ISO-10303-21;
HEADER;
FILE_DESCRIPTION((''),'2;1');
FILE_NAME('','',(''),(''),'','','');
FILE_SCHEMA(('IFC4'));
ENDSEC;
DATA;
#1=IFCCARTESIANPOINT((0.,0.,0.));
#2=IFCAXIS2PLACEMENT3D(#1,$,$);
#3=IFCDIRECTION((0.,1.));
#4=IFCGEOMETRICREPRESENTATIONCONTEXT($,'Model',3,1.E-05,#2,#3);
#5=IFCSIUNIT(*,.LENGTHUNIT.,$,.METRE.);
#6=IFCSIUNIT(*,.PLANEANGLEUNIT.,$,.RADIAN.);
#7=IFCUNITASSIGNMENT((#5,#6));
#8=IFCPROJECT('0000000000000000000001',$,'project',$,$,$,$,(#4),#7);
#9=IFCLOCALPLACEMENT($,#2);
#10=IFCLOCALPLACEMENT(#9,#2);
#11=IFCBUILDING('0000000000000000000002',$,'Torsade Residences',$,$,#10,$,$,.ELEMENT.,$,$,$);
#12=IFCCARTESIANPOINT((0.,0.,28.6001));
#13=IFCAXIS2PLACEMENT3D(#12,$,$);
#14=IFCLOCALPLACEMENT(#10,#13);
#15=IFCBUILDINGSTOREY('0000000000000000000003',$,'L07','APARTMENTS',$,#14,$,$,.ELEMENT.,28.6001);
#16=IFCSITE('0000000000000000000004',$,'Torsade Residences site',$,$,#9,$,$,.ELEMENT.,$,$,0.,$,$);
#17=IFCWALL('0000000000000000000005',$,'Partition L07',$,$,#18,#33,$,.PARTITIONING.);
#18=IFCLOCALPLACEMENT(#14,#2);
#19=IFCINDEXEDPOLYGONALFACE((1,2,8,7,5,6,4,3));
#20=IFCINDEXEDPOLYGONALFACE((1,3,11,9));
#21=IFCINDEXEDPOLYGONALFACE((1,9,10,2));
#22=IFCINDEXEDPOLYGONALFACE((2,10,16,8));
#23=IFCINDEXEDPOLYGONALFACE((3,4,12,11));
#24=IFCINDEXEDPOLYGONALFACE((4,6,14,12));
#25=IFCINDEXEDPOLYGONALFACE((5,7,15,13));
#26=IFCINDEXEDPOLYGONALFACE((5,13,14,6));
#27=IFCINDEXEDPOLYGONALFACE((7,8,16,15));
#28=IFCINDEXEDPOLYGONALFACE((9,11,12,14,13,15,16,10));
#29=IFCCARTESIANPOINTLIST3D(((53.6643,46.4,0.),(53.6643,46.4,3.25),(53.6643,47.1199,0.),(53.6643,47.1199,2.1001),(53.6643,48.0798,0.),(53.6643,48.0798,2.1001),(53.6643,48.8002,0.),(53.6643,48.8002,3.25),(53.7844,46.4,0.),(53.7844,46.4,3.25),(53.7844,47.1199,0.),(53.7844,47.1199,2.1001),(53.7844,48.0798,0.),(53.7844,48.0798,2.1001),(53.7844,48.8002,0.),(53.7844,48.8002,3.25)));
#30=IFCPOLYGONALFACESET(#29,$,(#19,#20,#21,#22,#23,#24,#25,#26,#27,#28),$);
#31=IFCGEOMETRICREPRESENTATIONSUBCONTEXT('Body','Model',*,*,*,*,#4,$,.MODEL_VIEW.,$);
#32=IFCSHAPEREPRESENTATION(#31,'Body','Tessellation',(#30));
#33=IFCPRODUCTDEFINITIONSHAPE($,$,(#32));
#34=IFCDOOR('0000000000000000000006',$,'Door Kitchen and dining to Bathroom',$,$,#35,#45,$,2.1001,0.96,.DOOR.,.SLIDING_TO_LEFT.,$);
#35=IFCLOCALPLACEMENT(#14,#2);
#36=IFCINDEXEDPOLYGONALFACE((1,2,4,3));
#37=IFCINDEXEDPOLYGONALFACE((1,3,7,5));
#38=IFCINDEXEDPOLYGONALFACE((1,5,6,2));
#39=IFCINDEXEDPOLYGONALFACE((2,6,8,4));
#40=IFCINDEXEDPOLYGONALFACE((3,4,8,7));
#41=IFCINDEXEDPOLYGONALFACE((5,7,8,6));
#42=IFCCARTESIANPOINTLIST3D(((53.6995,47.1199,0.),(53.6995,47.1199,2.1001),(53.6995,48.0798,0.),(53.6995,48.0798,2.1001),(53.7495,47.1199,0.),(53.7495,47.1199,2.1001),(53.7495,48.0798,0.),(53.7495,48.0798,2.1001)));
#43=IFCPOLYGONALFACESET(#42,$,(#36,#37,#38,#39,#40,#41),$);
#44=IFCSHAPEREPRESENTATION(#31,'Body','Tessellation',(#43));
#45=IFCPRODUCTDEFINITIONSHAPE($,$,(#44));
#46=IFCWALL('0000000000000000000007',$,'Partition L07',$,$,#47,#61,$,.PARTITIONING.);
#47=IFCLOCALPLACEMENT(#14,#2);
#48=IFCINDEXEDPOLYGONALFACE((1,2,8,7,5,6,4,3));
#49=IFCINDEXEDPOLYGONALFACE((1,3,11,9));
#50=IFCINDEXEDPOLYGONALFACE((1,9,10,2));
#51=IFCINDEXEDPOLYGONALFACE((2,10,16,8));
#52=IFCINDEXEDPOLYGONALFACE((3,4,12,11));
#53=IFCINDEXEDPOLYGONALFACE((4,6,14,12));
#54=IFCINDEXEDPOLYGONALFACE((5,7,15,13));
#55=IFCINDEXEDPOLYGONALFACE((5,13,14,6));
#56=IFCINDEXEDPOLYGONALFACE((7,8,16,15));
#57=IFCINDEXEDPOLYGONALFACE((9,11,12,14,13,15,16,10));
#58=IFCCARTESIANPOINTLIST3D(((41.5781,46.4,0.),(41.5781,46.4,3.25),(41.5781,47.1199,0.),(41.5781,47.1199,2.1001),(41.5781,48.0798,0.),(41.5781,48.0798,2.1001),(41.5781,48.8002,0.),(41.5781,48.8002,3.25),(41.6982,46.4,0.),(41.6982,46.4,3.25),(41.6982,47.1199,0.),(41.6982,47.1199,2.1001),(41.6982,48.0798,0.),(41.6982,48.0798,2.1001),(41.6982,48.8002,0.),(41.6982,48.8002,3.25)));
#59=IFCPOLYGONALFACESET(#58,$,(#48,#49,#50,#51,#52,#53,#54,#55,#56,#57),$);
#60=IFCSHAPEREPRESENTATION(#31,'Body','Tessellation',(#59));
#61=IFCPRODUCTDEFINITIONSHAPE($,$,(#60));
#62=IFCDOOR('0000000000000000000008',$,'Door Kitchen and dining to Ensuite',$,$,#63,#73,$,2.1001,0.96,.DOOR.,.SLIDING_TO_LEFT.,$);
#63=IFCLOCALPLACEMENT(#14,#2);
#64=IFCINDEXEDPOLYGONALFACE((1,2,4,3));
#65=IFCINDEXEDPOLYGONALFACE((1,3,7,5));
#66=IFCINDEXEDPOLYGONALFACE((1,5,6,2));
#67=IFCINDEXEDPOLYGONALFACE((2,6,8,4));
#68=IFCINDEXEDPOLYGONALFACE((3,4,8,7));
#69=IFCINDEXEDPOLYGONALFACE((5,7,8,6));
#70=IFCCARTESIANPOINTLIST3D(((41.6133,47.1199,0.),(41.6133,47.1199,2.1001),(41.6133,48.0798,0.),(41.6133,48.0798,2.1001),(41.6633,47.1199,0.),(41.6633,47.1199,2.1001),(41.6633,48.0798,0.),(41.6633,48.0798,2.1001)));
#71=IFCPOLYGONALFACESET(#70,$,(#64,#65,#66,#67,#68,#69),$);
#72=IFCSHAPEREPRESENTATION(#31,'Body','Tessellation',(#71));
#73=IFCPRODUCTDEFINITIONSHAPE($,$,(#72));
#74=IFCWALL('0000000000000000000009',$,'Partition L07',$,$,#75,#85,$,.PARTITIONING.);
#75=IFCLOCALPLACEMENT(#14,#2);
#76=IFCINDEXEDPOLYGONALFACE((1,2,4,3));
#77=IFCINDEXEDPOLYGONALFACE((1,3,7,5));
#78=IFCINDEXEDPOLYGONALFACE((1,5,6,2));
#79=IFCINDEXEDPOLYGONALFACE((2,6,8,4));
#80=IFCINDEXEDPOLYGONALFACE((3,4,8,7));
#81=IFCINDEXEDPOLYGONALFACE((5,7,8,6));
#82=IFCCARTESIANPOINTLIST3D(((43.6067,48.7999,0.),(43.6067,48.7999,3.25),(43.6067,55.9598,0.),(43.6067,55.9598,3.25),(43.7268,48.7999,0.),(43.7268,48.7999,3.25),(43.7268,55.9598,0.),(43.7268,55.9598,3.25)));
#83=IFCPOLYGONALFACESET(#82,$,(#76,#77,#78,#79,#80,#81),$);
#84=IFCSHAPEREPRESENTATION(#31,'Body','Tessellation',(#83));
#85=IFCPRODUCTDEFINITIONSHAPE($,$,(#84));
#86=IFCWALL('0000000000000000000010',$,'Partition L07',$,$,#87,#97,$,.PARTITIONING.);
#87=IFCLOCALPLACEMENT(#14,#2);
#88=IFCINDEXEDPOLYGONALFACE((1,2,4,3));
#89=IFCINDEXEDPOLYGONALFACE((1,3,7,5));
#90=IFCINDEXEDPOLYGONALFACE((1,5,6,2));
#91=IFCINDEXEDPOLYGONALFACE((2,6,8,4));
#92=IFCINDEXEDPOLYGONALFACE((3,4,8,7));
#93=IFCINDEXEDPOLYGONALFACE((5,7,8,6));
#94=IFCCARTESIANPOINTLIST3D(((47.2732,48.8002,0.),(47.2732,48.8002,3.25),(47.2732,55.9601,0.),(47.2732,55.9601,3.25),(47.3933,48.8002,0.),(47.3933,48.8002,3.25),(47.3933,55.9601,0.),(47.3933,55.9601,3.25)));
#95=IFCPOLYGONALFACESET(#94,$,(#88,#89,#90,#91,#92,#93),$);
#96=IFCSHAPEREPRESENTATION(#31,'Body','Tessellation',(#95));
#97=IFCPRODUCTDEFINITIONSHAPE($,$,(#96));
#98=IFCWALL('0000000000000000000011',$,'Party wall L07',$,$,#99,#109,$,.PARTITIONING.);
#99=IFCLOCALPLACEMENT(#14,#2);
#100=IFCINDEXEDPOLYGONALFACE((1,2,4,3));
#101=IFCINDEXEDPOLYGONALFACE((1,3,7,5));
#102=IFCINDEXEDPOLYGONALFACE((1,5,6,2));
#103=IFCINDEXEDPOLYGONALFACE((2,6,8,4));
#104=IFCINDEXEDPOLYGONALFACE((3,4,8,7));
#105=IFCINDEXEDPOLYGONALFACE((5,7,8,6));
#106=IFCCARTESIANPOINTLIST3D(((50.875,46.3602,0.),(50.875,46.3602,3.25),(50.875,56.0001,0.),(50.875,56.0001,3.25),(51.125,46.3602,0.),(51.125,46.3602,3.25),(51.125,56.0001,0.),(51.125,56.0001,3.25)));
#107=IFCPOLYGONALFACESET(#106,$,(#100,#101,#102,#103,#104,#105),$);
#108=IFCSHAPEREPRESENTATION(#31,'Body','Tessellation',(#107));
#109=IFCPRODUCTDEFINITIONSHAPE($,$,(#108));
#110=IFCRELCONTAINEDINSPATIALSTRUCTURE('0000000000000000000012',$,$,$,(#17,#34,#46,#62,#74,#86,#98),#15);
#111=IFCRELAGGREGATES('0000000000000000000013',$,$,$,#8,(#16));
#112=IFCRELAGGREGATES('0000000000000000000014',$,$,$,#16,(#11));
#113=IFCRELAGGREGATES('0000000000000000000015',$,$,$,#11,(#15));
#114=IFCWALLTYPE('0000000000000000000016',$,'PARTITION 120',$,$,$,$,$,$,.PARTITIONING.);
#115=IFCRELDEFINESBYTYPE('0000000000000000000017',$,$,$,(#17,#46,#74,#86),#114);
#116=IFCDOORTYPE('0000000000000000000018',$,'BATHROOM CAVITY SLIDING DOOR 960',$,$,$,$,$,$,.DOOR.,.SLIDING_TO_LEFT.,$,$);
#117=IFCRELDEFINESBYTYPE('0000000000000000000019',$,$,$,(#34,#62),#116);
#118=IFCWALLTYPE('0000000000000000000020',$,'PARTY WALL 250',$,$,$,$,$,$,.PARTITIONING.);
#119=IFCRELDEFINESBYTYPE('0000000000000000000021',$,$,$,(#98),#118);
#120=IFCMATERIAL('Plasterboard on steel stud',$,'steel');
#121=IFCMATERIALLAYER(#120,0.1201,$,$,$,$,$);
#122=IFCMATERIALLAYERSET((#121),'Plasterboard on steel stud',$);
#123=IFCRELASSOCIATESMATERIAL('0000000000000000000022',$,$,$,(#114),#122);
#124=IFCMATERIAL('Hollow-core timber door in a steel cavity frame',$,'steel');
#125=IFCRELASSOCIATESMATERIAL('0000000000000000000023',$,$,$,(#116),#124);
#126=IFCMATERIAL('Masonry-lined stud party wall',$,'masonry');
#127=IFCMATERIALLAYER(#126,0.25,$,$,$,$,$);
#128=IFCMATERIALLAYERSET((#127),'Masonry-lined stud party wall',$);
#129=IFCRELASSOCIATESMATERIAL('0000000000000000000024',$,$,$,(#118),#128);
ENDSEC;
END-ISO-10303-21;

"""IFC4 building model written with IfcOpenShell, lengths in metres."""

from ifc_helpers import new_model, si_unit, direction, frame, frame_2d, origin, place, context, subcontext, project, spatial, rectangle, extrude, material, layer, layer_set, type_object, element, fill, save


model = new_model("IFC4")

# Units and contexts
model_context = context("Model", 3, precision=1e-05, world=origin(), true_north=direction((0.0, 1.0)))
body_context = subcontext(model_context, "Body", "Model", "MODEL_VIEW")
ifc_project = project(units=[si_unit("LENGTHUNIT", "METRE"), si_unit("PLANEANGLEUNIT", "RADIAN")], contexts=[model_context])

# Site, building, storey
site_placement = place(None, origin())
site = spatial("IfcSite", under=ifc_project, at=site_placement, Name="Torsade Residences site", CompositionType="ELEMENT", RefElevation=0.0)
building_placement = place(site_placement, origin())
building = spatial("IfcBuilding", under=site, at=building_placement, Name="Torsade Residences", CompositionType="ELEMENT")
storey_placement = place(building_placement, frame((0.0, 0.0, 28.6001)))
storey = spatial("IfcBuildingStorey", under=building, at=storey_placement, Name="L07", Description="APARTMENTS", CompositionType="ELEMENT", Elevation=28.6001)

# Walls, openings, doors
ifc_material_1 = material(Name="Plasterboard on steel stud", Category="steel")
ifc_layer_1 = layer(ifc_material_1, 0.1201)
ifc_layer_set_1 = layer_set([ifc_layer_1], Name="Plasterboard on steel stud")
wall_type_1 = type_object("IfcWallType", Name="PARTITION 120", PredefinedType="PARTITIONING", material=ifc_layer_set_1)
wall_1_placement = place(storey_placement, frame((53.7244, 46.3999, 0.0), z_axis=(0.0, 0.0, 1.0), x_axis=(0.0, 1.0, 0.0)))
wall_1 = element("IfcWall", 1, at=wall_1_placement, inside=storey, type_object=wall_type_1, Name="Partition L07", PredefinedType="PARTITIONING", context=body_context, shape_type="SweptSolid", body=[
    extrude(rectangle(XDim=2.4001, YDim=0.1201, at=frame_2d((1.2002, 0.0))), origin(), (0.0, 0.0, 1.0), 3.25),
])
opening_1_placement = place(wall_1_placement, frame((0.72, 0.0, 0.0)))
opening_1 = element("IfcOpeningElement", 2, at=opening_1_placement, cuts=wall_1, PredefinedType="OPENING", context=body_context, shape_type="SweptSolid", body=[
    extrude(rectangle(XDim=0.96, YDim=2.1001, at=frame_2d((0.48, 1.05))), frame((0.0, 0.0701, 0.0), z_axis=(0.0, -1.0, 0.0), x_axis=(1.0, 0.0, 0.0)), (0.0, 0.0, 1.0), 0.1401),
])
ifc_material_2 = material(Name="Hollow-core timber door in a steel cavity frame", Category="steel")
door_type_1 = type_object("IfcDoorType", Name="BATHROOM CAVITY SLIDING DOOR 960", OperationType="SLIDING_TO_LEFT", PredefinedType="DOOR", material=ifc_material_2)
door_1_placement = place(opening_1_placement, origin())
door_1 = element("IfcDoor", 3, at=door_1_placement, inside=storey, type_object=door_type_1, Name="Door Kitchen and dining to Bathroom", OperationType="SLIDING_TO_LEFT", OverallHeight=2.1001, OverallWidth=0.96, PredefinedType="DOOR", context=body_context, shape_type="SweptSolid", body=[
    extrude(rectangle(XDim=0.96, YDim=2.1001, at=frame_2d((0.48, 1.05))), frame((0.0, 0.0249, 0.0), z_axis=(0.0, -1.0, 0.0), x_axis=(1.0, 0.0, 0.0)), (0.0, 0.0, 1.0), 0.05),
])
fill(opening_1, door_1)
wall_2_placement = place(storey_placement, frame((41.6382, 46.3999, 0.0), z_axis=(0.0, 0.0, 1.0), x_axis=(0.0, 1.0, 0.0)))
wall_2 = element("IfcWall", 4, at=wall_2_placement, inside=storey, type_object=wall_type_1, Name="Partition L07", PredefinedType="PARTITIONING", context=body_context, shape_type="SweptSolid", body=[
    extrude(rectangle(XDim=2.4001, YDim=0.1201, at=frame_2d((1.2002, 0.0))), origin(), (0.0, 0.0, 1.0), 3.25),
])
opening_2_placement = place(wall_2_placement, frame((0.72, 0.0, 0.0)))
opening_2 = element("IfcOpeningElement", 5, at=opening_2_placement, cuts=wall_2, PredefinedType="OPENING", context=body_context, shape_type="SweptSolid", body=[
    extrude(rectangle(XDim=0.96, YDim=2.1001, at=frame_2d((0.48, 1.05))), frame((0.0, 0.0701, 0.0), z_axis=(0.0, -1.0, 0.0), x_axis=(1.0, 0.0, 0.0)), (0.0, 0.0, 1.0), 0.1401),
])
door_2_placement = place(opening_2_placement, origin())
door_2 = element("IfcDoor", 6, at=door_2_placement, inside=storey, type_object=door_type_1, Name="Door Kitchen and dining to Ensuite", OperationType="SLIDING_TO_LEFT", OverallHeight=2.1001, OverallWidth=0.96, PredefinedType="DOOR", context=body_context, shape_type="SweptSolid", body=[
    extrude(rectangle(XDim=0.96, YDim=2.1001, at=frame_2d((0.48, 1.05))), frame((0.0, 0.0249, 0.0), z_axis=(0.0, -1.0, 0.0), x_axis=(1.0, 0.0, 0.0)), (0.0, 0.0, 1.0), 0.05),
])
fill(opening_2, door_2)

# Walls
for number, where, z_axis, x_axis, name in (
    (7, (43.6667, 55.96, 0.0), (0.0, 0.0, 1.0), (0.0, -1.0, 0.0), "Partition L07"),
    (8, (47.3333, 48.8, 0.0), (0.0, 0.0, 1.0), (0.0, 1.0, 0.0), "Partition L07"),
):
    element("IfcWall", number, at=place(storey_placement, frame(where, z_axis=z_axis, x_axis=x_axis)), inside=storey, type_object=wall_type_1, Name=name, PredefinedType="PARTITIONING", context=body_context, shape_type="SweptSolid", body=[
        extrude(rectangle(XDim=7.1599, YDim=0.1201, at=frame_2d((3.5801, 0.0))), origin(), (0.0, 0.0, 1.0), 3.25),
    ])
ifc_material_3 = material(Name="Masonry-lined stud party wall", Category="masonry")
ifc_layer_2 = layer(ifc_material_3, 0.25)
ifc_layer_set_2 = layer_set([ifc_layer_2], Name="Masonry-lined stud party wall")
wall_type_2 = type_object("IfcWallType", Name="PARTY WALL 250", PredefinedType="PARTITIONING", material=ifc_layer_set_2)
wall_3_placement = place(storey_placement, frame((51.0, 56.0, 0.0), z_axis=(0.0, 0.0, 1.0), x_axis=(0.0, -1.0, 0.0)))
element("IfcWall", 9, at=wall_3_placement, inside=storey, type_object=wall_type_2, Name="Party wall L07", PredefinedType="PARTITIONING", context=body_context, shape_type="SweptSolid", body=[
    extrude(rectangle(XDim=9.6399, YDim=0.25, at=frame_2d((4.8198, 0.0))), origin(), (0.0, 0.0, 1.0), 3.25),
])

save(model, "model.ifc")
